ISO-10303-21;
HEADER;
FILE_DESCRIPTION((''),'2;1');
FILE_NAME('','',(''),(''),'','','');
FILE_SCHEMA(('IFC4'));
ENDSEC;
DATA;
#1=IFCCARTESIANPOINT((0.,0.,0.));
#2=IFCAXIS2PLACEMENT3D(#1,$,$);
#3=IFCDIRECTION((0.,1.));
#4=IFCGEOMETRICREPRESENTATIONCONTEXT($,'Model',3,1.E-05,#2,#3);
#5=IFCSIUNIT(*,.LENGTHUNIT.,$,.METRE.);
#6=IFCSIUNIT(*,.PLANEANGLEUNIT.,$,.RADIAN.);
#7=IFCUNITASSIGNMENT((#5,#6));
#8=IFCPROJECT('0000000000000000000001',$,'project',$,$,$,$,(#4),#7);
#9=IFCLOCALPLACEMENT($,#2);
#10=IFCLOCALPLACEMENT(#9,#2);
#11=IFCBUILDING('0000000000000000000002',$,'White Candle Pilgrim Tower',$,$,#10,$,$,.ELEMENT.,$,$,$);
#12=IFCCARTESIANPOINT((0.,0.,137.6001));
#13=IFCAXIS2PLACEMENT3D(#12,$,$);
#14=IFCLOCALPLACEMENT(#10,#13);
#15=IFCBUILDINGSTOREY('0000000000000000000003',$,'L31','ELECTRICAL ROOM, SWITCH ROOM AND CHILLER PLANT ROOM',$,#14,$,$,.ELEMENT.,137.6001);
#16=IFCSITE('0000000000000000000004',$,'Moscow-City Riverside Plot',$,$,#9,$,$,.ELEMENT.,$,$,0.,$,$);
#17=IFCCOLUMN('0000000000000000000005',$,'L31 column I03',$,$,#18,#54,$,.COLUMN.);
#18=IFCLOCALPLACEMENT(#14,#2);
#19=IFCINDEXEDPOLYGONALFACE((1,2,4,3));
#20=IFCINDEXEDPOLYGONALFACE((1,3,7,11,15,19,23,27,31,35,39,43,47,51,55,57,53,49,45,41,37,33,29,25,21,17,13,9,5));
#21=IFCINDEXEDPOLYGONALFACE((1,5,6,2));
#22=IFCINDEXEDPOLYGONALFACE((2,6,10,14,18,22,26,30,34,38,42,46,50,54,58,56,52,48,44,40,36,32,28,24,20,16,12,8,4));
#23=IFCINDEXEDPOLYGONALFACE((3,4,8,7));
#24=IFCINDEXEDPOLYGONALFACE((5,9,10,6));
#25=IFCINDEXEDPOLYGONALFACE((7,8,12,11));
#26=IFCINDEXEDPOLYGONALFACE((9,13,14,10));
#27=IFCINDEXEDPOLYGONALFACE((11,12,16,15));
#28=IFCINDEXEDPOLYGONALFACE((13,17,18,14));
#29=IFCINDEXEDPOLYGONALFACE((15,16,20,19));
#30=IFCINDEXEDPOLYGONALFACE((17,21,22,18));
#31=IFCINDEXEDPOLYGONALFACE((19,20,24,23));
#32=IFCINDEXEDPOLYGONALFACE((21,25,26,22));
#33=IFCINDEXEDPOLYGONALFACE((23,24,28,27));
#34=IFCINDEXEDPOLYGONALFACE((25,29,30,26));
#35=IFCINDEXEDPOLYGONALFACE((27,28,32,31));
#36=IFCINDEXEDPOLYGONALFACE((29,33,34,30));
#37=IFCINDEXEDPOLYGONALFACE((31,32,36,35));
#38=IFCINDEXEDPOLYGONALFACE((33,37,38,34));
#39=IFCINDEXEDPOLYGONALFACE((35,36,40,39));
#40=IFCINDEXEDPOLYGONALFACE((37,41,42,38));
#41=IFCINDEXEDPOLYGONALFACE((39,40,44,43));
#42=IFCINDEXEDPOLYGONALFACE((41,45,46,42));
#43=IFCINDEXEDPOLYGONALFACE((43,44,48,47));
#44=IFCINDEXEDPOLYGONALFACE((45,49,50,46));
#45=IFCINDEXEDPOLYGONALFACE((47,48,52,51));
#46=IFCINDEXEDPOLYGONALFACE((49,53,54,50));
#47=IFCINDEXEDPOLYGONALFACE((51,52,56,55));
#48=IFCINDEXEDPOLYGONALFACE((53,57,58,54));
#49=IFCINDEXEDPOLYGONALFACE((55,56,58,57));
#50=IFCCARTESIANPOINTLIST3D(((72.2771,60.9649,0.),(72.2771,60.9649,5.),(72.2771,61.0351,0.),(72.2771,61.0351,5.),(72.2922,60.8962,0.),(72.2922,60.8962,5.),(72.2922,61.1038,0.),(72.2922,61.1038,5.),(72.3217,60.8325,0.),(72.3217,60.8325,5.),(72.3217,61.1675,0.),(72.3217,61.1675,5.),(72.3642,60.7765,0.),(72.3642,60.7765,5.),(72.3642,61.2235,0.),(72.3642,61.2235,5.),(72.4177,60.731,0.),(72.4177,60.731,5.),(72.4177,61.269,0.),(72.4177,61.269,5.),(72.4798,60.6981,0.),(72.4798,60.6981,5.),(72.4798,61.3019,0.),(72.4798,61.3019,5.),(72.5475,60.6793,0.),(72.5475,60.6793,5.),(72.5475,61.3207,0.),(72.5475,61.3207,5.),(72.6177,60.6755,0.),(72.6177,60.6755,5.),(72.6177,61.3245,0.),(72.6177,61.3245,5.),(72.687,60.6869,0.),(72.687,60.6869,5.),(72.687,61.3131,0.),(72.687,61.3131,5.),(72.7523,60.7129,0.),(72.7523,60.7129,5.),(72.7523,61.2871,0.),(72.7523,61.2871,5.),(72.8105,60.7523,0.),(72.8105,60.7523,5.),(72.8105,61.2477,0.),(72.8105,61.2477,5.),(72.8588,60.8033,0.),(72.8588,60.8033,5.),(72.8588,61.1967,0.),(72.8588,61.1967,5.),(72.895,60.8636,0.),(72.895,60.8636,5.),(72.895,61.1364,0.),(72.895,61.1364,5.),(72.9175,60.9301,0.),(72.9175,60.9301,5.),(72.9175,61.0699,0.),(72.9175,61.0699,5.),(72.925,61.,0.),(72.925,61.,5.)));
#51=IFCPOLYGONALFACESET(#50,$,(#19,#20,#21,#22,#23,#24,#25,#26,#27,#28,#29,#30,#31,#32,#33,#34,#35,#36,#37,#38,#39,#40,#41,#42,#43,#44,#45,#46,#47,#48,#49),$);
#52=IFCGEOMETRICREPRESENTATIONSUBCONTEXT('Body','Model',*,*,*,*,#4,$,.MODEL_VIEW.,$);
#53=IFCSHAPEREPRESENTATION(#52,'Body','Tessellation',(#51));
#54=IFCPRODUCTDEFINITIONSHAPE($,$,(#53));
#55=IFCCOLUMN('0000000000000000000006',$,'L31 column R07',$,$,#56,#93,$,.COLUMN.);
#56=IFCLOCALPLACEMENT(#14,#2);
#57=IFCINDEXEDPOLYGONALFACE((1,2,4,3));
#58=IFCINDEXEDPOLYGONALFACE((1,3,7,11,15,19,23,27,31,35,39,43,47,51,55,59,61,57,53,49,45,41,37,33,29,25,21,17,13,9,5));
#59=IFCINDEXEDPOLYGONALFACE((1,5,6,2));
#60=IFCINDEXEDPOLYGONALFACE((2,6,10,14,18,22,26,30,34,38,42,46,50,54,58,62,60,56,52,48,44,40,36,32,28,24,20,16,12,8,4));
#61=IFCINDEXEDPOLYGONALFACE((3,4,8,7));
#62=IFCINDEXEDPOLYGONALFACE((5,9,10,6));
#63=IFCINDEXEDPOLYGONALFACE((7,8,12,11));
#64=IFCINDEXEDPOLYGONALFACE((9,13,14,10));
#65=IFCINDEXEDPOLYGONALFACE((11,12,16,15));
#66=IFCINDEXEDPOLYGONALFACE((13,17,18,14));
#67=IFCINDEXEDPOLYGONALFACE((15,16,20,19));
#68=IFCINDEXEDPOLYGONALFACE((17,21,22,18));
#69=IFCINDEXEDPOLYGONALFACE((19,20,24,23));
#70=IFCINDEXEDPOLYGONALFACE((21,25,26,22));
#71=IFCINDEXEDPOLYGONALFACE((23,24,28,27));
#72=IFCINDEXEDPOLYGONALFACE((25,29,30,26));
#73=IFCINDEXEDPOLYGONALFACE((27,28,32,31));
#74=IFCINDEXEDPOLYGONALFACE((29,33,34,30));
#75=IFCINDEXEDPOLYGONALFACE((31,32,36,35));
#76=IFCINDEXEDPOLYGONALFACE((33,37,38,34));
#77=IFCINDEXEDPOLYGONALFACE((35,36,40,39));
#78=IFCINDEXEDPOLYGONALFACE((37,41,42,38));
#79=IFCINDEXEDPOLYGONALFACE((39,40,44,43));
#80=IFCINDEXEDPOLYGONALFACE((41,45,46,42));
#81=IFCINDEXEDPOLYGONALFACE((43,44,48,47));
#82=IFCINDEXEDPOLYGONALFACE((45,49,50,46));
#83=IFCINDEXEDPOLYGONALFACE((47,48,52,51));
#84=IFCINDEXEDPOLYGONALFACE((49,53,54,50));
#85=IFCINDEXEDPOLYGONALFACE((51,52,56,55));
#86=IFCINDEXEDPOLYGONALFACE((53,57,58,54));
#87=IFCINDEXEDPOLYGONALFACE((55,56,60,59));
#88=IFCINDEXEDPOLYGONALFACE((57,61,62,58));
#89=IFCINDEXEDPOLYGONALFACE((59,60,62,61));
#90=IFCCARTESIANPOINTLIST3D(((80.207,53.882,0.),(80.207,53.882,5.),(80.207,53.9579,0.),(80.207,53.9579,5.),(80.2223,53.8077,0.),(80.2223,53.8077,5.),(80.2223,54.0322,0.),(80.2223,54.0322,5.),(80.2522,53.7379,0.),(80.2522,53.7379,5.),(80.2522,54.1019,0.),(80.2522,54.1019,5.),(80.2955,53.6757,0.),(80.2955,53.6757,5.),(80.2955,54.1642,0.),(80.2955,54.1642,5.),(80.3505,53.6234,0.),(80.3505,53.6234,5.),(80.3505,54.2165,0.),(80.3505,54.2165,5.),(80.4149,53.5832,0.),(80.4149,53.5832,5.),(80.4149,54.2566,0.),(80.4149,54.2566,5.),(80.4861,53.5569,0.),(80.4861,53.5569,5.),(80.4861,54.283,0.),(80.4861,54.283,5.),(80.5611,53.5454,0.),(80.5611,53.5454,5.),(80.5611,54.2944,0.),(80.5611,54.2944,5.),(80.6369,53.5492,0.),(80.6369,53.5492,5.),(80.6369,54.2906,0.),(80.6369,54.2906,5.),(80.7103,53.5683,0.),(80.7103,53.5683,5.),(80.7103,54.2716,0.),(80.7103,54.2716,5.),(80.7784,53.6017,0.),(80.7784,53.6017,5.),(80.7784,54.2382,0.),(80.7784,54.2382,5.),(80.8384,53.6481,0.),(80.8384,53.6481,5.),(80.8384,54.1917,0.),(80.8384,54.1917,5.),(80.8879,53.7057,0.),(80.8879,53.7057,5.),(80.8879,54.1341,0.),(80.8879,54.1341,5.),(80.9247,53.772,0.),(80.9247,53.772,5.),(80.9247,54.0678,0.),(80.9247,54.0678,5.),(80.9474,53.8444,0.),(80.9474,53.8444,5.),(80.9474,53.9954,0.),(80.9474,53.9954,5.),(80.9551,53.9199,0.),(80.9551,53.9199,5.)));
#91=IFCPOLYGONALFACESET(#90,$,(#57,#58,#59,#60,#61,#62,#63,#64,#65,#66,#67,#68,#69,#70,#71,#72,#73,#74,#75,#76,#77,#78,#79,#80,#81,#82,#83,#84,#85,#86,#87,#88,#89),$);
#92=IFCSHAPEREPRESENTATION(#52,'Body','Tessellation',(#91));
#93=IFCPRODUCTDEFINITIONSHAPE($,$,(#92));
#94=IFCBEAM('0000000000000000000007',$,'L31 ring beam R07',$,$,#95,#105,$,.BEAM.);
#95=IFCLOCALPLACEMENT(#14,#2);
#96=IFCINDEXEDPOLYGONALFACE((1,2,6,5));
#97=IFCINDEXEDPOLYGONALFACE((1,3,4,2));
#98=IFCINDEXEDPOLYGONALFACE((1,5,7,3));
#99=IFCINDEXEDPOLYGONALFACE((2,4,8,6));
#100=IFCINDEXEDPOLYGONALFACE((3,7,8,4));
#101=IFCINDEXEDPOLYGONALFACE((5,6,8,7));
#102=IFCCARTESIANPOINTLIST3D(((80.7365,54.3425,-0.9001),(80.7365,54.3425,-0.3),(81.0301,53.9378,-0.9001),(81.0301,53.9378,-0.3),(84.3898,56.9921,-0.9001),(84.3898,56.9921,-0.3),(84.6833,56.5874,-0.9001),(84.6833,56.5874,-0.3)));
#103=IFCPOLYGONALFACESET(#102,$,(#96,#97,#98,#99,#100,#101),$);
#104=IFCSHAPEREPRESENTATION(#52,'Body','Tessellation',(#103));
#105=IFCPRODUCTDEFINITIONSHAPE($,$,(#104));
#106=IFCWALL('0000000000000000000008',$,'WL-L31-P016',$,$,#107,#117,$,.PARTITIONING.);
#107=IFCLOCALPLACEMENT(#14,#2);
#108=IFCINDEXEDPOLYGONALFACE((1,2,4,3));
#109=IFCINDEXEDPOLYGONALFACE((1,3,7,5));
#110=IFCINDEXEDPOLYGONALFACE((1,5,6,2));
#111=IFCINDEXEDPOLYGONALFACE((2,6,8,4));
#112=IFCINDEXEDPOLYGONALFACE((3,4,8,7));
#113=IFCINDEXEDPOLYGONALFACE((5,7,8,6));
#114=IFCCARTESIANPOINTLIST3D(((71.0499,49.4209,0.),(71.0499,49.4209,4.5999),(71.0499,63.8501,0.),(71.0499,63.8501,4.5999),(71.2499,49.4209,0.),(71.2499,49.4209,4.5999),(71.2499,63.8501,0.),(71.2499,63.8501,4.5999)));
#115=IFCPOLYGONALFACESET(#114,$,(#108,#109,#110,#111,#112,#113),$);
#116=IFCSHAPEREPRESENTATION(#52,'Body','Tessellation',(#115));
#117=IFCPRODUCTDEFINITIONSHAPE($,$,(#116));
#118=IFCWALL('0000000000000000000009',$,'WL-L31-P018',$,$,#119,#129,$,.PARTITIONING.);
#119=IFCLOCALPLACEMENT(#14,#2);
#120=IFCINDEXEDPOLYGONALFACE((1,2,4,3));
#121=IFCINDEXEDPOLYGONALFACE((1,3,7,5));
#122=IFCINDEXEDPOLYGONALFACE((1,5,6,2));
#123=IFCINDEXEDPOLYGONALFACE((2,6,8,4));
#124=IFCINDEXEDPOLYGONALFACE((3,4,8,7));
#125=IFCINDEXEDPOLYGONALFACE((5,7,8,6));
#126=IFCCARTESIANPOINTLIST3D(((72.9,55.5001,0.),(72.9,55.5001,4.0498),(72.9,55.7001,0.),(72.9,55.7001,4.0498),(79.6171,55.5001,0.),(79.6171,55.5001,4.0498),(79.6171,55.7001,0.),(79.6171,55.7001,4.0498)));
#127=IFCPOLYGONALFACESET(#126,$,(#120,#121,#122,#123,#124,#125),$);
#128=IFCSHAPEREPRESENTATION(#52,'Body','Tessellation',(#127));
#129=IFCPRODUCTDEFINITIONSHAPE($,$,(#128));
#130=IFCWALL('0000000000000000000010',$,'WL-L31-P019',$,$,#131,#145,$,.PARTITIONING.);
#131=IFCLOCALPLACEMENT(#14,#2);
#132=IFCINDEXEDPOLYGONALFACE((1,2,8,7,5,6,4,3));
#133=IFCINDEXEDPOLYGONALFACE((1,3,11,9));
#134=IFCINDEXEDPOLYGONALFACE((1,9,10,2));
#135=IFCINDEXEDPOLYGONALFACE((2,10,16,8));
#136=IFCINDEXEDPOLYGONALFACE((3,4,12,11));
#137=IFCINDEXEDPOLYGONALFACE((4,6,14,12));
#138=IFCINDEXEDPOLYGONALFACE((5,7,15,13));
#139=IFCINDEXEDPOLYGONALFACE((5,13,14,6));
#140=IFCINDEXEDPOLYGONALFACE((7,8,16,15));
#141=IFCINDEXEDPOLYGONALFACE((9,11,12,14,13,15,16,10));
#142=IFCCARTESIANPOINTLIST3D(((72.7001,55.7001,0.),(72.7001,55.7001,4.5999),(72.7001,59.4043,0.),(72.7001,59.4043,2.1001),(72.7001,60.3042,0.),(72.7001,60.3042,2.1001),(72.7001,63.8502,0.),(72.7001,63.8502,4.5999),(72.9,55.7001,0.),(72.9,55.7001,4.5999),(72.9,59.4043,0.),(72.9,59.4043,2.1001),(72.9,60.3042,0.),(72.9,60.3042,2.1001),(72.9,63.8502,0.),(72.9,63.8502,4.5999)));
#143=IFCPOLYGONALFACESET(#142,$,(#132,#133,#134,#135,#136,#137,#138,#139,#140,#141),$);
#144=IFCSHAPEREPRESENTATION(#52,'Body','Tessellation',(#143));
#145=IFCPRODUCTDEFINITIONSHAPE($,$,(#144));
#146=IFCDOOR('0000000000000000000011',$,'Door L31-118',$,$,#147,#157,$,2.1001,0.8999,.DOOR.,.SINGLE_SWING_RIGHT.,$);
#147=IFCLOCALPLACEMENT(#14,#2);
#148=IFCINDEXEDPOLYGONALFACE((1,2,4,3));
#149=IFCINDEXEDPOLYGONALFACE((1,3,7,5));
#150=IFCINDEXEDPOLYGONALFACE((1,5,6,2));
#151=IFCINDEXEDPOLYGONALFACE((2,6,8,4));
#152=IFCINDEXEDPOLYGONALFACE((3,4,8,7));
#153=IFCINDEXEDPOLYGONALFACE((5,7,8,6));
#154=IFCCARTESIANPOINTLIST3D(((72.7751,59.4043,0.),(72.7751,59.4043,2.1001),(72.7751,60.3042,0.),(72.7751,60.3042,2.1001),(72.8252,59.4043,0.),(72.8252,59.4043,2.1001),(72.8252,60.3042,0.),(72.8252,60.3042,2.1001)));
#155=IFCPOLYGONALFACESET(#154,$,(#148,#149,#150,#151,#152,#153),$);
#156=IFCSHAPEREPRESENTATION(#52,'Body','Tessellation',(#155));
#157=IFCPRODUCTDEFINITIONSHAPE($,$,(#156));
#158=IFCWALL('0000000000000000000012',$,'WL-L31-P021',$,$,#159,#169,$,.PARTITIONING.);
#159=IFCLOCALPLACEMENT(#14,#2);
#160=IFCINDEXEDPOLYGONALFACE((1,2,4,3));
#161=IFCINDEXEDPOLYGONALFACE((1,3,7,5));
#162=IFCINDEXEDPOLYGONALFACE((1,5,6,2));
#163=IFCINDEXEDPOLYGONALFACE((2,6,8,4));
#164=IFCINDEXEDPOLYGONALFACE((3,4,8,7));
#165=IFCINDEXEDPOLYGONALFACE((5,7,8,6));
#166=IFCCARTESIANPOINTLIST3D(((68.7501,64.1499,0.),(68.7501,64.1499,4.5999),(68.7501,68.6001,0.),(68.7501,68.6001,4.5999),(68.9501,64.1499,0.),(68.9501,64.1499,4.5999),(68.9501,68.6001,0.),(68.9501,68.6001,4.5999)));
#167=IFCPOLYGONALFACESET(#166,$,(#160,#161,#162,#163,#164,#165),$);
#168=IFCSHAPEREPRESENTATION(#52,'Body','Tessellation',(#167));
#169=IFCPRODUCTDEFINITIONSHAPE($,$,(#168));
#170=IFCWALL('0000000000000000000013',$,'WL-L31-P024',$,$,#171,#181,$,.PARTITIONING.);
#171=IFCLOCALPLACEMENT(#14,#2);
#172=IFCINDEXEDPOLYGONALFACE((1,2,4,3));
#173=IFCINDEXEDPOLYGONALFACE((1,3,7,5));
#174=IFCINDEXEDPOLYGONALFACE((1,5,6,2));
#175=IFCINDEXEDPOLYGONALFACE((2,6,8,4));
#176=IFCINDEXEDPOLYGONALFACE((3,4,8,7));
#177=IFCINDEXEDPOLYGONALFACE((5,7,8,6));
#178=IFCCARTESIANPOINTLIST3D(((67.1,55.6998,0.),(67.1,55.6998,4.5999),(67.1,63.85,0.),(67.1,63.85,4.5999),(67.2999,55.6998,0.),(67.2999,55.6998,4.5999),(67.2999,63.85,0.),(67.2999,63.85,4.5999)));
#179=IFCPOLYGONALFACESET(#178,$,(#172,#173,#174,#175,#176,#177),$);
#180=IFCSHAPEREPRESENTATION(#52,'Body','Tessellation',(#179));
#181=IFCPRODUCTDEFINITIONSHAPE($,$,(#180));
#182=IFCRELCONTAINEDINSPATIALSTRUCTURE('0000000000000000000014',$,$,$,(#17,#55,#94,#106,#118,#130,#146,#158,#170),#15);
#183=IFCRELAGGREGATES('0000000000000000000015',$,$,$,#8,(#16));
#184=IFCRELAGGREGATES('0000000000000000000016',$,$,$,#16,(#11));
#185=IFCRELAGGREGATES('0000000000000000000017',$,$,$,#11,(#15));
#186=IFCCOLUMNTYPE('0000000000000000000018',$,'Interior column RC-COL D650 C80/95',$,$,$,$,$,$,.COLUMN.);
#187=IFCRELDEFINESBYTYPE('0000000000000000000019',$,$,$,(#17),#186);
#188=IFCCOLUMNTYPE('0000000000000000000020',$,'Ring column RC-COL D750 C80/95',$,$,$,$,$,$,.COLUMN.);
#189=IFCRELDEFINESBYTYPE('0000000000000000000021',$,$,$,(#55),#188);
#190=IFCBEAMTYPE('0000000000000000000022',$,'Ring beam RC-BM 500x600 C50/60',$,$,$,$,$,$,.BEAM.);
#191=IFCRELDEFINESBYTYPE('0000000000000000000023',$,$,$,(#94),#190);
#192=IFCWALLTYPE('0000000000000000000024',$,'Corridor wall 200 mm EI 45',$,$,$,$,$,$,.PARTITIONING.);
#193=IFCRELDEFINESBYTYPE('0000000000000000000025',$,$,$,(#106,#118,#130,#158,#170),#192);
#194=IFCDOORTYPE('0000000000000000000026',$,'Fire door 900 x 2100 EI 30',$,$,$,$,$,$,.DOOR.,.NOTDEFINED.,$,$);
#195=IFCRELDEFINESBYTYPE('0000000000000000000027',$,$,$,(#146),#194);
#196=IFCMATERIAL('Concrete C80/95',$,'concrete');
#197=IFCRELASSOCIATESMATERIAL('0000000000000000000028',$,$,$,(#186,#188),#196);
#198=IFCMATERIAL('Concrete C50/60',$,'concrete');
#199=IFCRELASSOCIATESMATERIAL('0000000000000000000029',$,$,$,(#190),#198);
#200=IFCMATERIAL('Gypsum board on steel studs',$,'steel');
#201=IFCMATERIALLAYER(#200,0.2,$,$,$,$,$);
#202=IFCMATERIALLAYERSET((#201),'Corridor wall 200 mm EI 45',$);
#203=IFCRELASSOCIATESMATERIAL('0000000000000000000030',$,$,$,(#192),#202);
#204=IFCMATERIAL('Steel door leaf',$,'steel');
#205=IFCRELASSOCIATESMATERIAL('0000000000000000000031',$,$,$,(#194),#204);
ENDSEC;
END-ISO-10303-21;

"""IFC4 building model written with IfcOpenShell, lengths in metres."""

from ifc_helpers import new_model, si_unit, direction, frame, frame_2d, origin, origin_2d, place, context, subcontext, project, spatial, rectangle, circle, extrude, material, layer, layer_set, material_profile, profile_set, type_object, element, fill, save


model = new_model("IFC4")

# Units and contexts
model_context = context("Model", 3, precision=1e-05, world=origin(), true_north=direction((0.0, 1.0)))
body_context = subcontext(model_context, "Body", "Model", "MODEL_VIEW")
ifc_project = project(units=[si_unit("LENGTHUNIT", "METRE"), si_unit("PLANEANGLEUNIT", "RADIAN")], contexts=[model_context])

# Site, building, storey
site_placement = place(None, origin())
site = spatial("IfcSite", under=ifc_project, at=site_placement, Name="Moscow-City Riverside Plot", CompositionType="ELEMENT", RefElevation=0.0)
building_placement = place(site_placement, origin())
building = spatial("IfcBuilding", under=site, at=building_placement, Name="White Candle Pilgrim Tower", CompositionType="ELEMENT")
storey_placement = place(building_placement, frame((0.0, 0.0, 137.6001)))
storey = spatial("IfcBuildingStorey", under=building, at=storey_placement, Name="L31", Description="ELECTRICAL ROOM, SWITCH ROOM AND CHILLER PLANT ROOM", CompositionType="ELEMENT", Elevation=137.6001)

# Columns
ifc_material_1 = material(Name="Concrete C80/95", Category="concrete")
ifc_material_profile_1 = material_profile(ifc_material_1, circle(Radius=0.325, at=origin_2d()), Name="RC-COL D650")
ifc_profile_set_1 = profile_set([ifc_material_profile_1], Name="Concrete C80/95")
column_type_1 = type_object("IfcColumnType", Name="Interior column RC-COL D650 C80/95", PredefinedType="COLUMN", material=ifc_profile_set_1)
column_1_placement = place(storey_placement, frame((72.6001, 61.0, 0.0), z_axis=(0.0, 0.0, 1.0), x_axis=(1.0, 0.0, 0.0)))
element("IfcColumn", 1, at=column_1_placement, inside=storey, type_object=column_type_1, Name="L31 column I03", PredefinedType="COLUMN", context=body_context, shape_type="SweptSolid", body=[
    extrude(circle(Radius=0.325, at=origin_2d()), origin(), (0.0, 0.0, 1.0), 5.0),
])
ifc_material_profile_2 = material_profile(ifc_material_1, circle(Radius=0.375, at=origin_2d()), Name="RC-COL D750")
ifc_profile_set_2 = profile_set([ifc_material_profile_2], Name="Concrete C80/95")
column_type_2 = type_object("IfcColumnType", Name="Ring column RC-COL D750 C80/95", PredefinedType="COLUMN", material=ifc_profile_set_2)
column_2_placement = place(storey_placement, frame((80.5801, 53.9199, 0.0), z_axis=(0.0, 0.0, 1.0), x_axis=(1.0, 0.0, 0.0)))
element("IfcColumn", 2, at=column_2_placement, inside=storey, type_object=column_type_2, Name="L31 column R07", PredefinedType="COLUMN", context=body_context, shape_type="SweptSolid", body=[
    extrude(circle(Radius=0.375, at=origin_2d()), origin(), (0.0, 0.0, 1.0), 5.0),
])

# Beam
ifc_material_2 = material(Name="Concrete C50/60", Category="concrete")
ifc_material_profile_3 = material_profile(ifc_material_2, rectangle(XDim=0.5, YDim=0.6001, at=origin_2d()), Name="RC-BM 500x600")
ifc_profile_set_3 = profile_set([ifc_material_profile_3], Name="Concrete C50/60")
beam_type = type_object("IfcBeamType", Name="Ring beam RC-BM 500x600 C50/60", PredefinedType="BEAM", material=ifc_profile_set_3)
beam_placement = place(storey_placement, frame((80.8833, 54.1401, -0.6001), z_axis=(0.809505, 0.587113, 0.0), x_axis=(-0.587113, 0.809505, 0.0)))
element("IfcBeam", 3, at=beam_placement, inside=storey, type_object=beam_type, Name="L31 ring beam R07", PredefinedType="BEAM", context=body_context, shape_type="SweptSolid", body=[
    extrude(rectangle(XDim=0.5, YDim=0.6001, at=origin_2d()), origin(), (0.0, 0.0, 1.0), 4.5129),
])

# Walls
ifc_material_3 = material(Name="Gypsum board on steel studs", Category="steel")
ifc_layer_1 = layer(ifc_material_3, 0.2)
ifc_layer_set_1 = layer_set([ifc_layer_1], Name="Corridor wall 200 mm EI 45")
wall_type_1 = type_object("IfcWallType", Name="Corridor wall 200 mm EI 45", PredefinedType="PARTITIONING", material=ifc_layer_set_1)
wall_1_placement = place(storey_placement, frame((71.1499, 63.8501, 0.0), z_axis=(0.0, 0.0, 1.0), x_axis=(0.0, -1.0, 0.0)))
element("IfcWall", 4, at=wall_1_placement, inside=storey, type_object=wall_type_1, Name="WL-L31-P016", PredefinedType="PARTITIONING", context=body_context, shape_type="SweptSolid", body=[
    extrude(rectangle(XDim=14.4292, YDim=0.2, at=frame_2d((7.2146, 0.0))), origin(), (0.0, 0.0, 1.0), 4.5999),
])
wall_2_placement = place(storey_placement, frame((79.6169, 55.6001, 0.0), z_axis=(0.0, 0.0, 1.0), x_axis=(-1.0, 0.0, 0.0)))
element("IfcWall", 5, at=wall_2_placement, inside=storey, type_object=wall_type_1, Name="WL-L31-P018", PredefinedType="PARTITIONING", context=body_context, shape_type="SweptSolid", body=[
    extrude(rectangle(XDim=6.717, YDim=0.2, at=frame_2d((3.3584, 0.0))), origin(), (0.0, 0.0, 1.0), 4.0498),
])

# Wall, opening, door
wall_3_placement = place(storey_placement, frame((72.8, 55.7, 0.0), z_axis=(0.0, 0.0, 1.0), x_axis=(0.0, 1.0, 0.0)))
wall_3 = element("IfcWall", 6, at=wall_3_placement, inside=storey, type_object=wall_type_1, Name="WL-L31-P019", PredefinedType="PARTITIONING", context=body_context, shape_type="SweptSolid", body=[
    extrude(rectangle(XDim=8.1501, YDim=0.2, at=frame_2d((4.0752, 0.0))), origin(), (0.0, 0.0, 1.0), 4.5999),
])
opening_1_placement = place(wall_3_placement, frame((3.7043, 0.0, 0.0)))
opening_1 = element("IfcOpeningElement", 7, at=opening_1_placement, cuts=wall_3, PredefinedType="OPENING", context=body_context, shape_type="SweptSolid", body=[
    extrude(rectangle(XDim=0.8999, YDim=2.1001, at=frame_2d((0.45, 1.05))), frame((0.0, 0.1099, 0.0), z_axis=(0.0, -1.0, 0.0), x_axis=(1.0, 0.0, 0.0)), (0.0, 0.0, 1.0), 0.22),
])
ifc_material_4 = material(Name="Steel door leaf", Category="steel")
door_type_1 = type_object("IfcDoorType", Name="Fire door 900 x 2100 EI 30", OperationType="NOTDEFINED", PredefinedType="DOOR", material=ifc_material_4)
door_1_placement = place(opening_1_placement, origin())
door_1 = element("IfcDoor", 8, at=door_1_placement, inside=storey, type_object=door_type_1, Name="Door L31-118", OperationType="SINGLE_SWING_RIGHT", OverallHeight=2.1001, OverallWidth=0.8999, PredefinedType="DOOR", context=body_context, shape_type="SweptSolid", body=[
    extrude(rectangle(XDim=0.8999, YDim=2.1001, at=frame_2d((0.45, 1.05))), frame((0.0, 0.0249, 0.0), z_axis=(0.0, -1.0, 0.0), x_axis=(1.0, 0.0, 0.0)), (0.0, 0.0, 1.0), 0.05),
])
fill(opening_1, door_1)

# Walls
wall_4_placement = place(storey_placement, frame((68.8501, 64.1499, 0.0), z_axis=(0.0, 0.0, 1.0), x_axis=(0.0, 1.0, 0.0)))
element("IfcWall", 9, at=wall_4_placement, inside=storey, type_object=wall_type_1, Name="WL-L31-P021", PredefinedType="PARTITIONING", context=body_context, shape_type="SweptSolid", body=[
    extrude(rectangle(XDim=4.4502, YDim=0.2, at=frame_2d((2.2251, 0.0))), origin(), (0.0, 0.0, 1.0), 4.5999),
])
wall_5_placement = place(storey_placement, frame((67.2, 63.8501, 0.0), z_axis=(0.0, 0.0, 1.0), x_axis=(0.0, -1.0, 0.0)))
element("IfcWall", 10, at=wall_5_placement, inside=storey, type_object=wall_type_1, Name="WL-L31-P024", PredefinedType="PARTITIONING", context=body_context, shape_type="SweptSolid", body=[
    extrude(rectangle(XDim=8.1501, YDim=0.2, at=frame_2d((4.0752, 0.0))), origin(), (0.0, 0.0, 1.0), 4.5999),
])

save(model, "model.ifc")
